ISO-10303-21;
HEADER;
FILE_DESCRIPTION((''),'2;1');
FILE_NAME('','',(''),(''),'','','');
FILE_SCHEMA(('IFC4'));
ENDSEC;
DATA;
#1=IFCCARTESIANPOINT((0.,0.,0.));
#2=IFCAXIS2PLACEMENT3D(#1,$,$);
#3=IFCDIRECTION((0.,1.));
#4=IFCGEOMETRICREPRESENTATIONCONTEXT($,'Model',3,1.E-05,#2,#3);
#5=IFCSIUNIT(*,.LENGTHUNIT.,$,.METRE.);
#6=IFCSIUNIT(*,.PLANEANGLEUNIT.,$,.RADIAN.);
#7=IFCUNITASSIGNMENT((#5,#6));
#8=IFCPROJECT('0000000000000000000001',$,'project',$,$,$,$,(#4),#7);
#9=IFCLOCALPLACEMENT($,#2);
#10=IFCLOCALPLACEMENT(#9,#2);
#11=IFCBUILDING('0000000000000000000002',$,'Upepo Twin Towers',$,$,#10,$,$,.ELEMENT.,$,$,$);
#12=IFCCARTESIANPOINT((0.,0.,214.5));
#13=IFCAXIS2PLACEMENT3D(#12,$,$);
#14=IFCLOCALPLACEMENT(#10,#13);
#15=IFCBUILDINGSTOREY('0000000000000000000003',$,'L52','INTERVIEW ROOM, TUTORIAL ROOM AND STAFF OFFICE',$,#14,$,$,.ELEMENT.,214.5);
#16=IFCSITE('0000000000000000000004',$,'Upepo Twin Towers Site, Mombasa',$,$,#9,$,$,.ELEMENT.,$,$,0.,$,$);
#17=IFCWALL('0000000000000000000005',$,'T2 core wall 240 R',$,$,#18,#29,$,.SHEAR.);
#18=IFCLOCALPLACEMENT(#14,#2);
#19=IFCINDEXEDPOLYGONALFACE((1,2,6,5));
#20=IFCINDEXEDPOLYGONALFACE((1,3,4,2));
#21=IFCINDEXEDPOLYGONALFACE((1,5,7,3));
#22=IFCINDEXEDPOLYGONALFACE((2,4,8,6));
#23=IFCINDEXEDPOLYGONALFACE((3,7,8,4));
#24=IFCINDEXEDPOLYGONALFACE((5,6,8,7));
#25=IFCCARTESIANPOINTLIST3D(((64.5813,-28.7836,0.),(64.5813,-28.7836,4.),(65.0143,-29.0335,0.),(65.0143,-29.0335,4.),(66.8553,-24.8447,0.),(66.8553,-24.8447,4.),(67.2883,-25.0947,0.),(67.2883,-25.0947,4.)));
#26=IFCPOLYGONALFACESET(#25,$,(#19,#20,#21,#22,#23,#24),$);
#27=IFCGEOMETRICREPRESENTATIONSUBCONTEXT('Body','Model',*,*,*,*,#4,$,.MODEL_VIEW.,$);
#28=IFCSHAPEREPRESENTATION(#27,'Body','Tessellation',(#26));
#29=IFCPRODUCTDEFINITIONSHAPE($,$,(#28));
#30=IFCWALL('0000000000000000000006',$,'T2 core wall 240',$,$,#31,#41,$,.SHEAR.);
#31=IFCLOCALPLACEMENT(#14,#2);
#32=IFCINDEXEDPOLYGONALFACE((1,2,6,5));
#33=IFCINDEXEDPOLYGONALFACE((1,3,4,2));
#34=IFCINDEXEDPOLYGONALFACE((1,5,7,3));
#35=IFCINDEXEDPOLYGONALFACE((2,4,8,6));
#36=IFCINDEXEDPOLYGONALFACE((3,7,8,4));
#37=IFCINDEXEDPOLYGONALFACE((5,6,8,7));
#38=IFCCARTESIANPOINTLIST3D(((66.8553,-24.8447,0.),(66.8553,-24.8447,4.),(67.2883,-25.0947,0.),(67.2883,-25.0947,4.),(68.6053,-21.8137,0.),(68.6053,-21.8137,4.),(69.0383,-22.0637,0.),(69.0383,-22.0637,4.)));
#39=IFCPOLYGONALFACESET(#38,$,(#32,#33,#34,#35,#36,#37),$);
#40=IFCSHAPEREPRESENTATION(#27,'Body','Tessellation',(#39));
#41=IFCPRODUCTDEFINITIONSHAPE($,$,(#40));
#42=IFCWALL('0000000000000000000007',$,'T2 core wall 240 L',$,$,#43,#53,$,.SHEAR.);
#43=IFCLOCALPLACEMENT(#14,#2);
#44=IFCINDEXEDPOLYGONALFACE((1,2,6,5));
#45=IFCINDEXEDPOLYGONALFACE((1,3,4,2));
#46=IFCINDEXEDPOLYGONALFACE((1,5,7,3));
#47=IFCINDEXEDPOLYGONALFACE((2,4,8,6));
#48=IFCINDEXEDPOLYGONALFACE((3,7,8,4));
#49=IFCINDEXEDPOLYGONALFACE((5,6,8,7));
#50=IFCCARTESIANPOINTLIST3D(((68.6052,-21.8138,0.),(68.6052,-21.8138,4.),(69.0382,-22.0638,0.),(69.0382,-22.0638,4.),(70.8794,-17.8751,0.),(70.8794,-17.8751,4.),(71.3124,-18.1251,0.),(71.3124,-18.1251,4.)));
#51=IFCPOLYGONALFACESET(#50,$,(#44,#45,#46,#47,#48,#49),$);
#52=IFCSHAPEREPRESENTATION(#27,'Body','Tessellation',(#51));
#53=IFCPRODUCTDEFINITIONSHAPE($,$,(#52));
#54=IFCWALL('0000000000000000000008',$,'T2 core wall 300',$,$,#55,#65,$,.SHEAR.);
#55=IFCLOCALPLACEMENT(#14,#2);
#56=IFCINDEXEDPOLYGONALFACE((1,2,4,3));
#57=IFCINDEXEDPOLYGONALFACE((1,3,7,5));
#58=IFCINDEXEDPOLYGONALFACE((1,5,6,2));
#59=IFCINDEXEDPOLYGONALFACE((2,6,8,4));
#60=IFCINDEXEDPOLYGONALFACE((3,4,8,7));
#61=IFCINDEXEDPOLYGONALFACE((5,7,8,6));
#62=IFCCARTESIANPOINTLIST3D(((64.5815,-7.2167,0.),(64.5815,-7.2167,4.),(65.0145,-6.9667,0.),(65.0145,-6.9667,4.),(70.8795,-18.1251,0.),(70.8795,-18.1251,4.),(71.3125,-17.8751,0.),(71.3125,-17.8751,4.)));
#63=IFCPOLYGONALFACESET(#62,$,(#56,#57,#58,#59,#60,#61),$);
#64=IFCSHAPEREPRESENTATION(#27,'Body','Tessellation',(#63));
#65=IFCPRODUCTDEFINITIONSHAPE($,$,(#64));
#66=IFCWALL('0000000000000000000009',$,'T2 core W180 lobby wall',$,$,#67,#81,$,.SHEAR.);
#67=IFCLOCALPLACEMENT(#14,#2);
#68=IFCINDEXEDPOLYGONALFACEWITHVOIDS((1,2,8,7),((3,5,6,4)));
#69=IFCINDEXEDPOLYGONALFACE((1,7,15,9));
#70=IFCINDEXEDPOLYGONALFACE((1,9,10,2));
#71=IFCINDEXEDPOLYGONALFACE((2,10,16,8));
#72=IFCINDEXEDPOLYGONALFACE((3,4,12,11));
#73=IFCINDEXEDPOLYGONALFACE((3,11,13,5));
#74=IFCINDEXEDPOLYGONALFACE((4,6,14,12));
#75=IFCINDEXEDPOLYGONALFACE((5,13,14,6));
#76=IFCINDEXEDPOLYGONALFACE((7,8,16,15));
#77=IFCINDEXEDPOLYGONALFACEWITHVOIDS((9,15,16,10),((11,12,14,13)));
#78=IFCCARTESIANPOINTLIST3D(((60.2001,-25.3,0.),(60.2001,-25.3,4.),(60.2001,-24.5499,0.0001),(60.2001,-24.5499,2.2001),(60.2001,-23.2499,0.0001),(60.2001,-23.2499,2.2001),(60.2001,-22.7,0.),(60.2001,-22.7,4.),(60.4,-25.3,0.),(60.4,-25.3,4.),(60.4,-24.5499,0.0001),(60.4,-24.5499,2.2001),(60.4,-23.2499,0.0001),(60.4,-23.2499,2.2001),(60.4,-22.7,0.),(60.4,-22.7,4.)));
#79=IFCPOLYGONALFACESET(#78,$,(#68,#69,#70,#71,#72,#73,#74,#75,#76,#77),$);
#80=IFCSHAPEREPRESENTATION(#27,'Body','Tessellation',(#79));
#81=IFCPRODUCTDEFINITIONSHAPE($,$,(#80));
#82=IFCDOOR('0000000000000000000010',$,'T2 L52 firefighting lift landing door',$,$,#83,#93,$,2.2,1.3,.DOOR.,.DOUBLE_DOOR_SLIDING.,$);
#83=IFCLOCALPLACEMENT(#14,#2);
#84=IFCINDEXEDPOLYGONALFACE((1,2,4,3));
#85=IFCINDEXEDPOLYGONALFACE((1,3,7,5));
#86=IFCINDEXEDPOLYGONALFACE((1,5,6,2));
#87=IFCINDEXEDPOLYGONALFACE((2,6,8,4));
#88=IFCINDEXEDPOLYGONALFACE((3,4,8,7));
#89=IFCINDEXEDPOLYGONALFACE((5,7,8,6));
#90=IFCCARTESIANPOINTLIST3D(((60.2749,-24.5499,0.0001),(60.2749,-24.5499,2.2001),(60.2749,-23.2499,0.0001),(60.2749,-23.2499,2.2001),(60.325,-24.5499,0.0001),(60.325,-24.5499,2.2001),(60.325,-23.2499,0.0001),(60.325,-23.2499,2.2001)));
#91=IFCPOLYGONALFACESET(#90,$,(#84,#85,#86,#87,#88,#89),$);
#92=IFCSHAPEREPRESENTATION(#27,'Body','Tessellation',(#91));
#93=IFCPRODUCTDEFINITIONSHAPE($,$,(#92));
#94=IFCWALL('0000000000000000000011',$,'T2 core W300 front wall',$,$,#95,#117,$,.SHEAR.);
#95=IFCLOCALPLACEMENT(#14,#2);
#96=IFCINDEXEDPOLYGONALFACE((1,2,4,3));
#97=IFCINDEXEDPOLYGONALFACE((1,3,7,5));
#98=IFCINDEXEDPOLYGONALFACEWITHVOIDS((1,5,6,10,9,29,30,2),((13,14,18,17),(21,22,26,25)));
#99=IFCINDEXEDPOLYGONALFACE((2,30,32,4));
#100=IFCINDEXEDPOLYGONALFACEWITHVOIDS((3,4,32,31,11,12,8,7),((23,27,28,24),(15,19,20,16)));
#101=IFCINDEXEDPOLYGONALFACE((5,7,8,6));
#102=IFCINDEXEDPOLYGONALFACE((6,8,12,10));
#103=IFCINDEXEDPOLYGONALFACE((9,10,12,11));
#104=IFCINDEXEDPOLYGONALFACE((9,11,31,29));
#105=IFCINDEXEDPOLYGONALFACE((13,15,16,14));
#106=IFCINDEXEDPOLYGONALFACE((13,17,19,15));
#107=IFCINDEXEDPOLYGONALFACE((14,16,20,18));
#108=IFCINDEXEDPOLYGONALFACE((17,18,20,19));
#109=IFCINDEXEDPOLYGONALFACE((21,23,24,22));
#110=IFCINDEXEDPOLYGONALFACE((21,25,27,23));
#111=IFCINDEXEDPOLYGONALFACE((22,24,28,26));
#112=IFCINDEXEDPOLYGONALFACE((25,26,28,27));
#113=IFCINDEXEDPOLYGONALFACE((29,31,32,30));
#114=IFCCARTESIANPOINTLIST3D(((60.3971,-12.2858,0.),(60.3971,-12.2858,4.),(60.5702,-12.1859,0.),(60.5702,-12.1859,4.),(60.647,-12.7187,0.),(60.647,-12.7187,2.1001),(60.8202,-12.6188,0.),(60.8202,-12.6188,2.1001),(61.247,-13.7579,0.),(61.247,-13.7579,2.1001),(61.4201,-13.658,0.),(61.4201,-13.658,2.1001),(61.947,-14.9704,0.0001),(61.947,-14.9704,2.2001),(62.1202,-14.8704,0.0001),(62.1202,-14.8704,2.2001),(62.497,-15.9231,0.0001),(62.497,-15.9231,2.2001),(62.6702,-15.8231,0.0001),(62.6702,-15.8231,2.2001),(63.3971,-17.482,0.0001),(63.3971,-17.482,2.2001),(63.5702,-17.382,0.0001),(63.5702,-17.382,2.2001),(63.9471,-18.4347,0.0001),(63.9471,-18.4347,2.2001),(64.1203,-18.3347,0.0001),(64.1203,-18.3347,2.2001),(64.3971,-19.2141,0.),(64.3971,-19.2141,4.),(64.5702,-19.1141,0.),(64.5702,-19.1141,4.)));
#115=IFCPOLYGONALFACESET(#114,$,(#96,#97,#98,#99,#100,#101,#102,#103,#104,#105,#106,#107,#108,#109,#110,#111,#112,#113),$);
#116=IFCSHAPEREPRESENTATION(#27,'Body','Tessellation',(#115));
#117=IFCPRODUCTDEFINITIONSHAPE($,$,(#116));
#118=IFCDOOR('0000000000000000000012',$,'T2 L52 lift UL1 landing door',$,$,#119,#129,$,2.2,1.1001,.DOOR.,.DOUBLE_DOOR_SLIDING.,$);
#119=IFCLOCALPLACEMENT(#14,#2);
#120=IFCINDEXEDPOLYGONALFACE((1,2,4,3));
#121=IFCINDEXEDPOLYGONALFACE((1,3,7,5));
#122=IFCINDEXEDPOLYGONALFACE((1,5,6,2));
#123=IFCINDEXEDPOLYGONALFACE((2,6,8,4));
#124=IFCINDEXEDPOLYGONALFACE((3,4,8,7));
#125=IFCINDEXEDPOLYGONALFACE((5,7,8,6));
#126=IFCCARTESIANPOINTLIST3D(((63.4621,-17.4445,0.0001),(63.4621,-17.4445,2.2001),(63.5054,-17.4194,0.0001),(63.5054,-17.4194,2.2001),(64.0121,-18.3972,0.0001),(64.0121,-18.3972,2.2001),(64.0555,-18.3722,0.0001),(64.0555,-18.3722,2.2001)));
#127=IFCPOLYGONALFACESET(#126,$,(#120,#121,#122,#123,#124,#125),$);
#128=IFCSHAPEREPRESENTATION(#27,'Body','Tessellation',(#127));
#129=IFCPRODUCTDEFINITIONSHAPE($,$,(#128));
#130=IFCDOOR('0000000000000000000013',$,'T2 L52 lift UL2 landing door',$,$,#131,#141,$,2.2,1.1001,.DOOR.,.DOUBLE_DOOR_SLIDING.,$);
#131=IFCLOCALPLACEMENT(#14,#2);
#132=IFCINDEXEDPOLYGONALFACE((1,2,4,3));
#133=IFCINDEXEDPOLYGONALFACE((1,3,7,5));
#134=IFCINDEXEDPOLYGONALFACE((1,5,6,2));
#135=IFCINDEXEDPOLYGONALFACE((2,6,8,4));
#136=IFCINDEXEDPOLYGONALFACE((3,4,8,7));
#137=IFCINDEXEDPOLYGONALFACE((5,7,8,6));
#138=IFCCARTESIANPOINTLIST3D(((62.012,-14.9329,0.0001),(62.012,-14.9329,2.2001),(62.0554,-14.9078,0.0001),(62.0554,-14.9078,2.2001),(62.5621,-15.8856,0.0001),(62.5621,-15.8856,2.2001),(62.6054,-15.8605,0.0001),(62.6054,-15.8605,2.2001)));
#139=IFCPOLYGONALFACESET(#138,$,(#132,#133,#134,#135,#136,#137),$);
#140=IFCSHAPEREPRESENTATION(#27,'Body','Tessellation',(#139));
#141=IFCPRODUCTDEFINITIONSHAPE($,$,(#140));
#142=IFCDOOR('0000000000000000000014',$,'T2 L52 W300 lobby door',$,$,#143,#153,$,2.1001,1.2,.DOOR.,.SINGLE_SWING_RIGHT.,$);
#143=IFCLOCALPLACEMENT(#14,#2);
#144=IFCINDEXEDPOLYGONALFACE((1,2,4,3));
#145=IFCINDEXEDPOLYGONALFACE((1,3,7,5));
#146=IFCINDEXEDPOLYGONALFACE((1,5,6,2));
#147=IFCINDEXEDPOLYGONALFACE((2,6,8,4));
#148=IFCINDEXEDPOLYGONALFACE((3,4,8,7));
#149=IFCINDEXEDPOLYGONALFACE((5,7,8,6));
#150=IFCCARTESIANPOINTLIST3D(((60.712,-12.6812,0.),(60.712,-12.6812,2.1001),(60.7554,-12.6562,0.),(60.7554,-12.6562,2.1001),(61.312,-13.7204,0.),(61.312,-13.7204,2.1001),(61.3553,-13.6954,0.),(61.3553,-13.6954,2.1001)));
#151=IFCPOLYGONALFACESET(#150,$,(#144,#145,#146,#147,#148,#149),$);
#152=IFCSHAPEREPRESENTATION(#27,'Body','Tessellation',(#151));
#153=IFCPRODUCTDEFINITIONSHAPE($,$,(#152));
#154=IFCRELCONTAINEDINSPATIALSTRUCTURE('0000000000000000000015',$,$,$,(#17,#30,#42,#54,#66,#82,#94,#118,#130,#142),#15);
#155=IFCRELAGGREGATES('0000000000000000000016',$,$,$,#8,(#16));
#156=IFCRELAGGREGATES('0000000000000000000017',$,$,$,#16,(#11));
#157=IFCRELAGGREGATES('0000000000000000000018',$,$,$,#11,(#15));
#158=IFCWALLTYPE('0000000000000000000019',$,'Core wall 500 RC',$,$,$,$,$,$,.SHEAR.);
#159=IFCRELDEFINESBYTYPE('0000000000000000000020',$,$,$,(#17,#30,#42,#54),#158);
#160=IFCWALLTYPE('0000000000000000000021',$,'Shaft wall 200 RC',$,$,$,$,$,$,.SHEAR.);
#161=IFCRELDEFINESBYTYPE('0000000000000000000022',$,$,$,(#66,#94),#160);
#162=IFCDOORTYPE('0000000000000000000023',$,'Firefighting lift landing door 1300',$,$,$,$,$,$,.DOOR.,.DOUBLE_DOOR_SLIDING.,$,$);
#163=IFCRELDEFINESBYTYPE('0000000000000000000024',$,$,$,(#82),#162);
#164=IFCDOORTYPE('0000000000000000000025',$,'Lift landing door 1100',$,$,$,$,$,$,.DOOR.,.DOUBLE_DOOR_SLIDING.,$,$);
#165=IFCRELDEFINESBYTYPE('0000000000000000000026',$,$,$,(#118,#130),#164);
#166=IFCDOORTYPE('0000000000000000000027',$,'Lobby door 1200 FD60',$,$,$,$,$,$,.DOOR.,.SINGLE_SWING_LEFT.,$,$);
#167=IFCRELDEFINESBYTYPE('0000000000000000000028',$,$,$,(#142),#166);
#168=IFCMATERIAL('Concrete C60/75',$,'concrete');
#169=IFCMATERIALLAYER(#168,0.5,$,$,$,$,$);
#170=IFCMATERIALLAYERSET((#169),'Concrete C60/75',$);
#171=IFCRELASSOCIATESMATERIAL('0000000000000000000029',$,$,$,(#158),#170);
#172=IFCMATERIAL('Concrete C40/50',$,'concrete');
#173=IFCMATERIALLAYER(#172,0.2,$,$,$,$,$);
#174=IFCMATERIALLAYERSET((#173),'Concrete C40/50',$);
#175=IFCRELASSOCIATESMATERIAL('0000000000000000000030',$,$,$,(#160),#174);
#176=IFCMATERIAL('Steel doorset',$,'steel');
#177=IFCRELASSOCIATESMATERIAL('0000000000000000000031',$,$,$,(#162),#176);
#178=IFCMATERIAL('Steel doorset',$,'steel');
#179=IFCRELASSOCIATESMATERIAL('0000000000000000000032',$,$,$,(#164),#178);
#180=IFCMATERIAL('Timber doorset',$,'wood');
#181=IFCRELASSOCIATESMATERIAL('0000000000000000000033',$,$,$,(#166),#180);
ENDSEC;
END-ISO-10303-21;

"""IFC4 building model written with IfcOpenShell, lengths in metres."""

from ifc_helpers import new_model, si_unit, direction, frame, frame_2d, origin, place, context, subcontext, project, spatial, rectangle, extrude, material, layer, layer_set, type_object, element, fill, save


model = new_model("IFC4")

# Units and contexts
model_context = context("Model", 3, precision=1e-05, world=origin(), true_north=direction((0.0, 1.0)))
body_context = subcontext(model_context, "Body", "Model", "MODEL_VIEW")
ifc_project = project(units=[si_unit("LENGTHUNIT", "METRE"), si_unit("PLANEANGLEUNIT", "RADIAN")], contexts=[model_context])

# Site, building, storey
site_placement = place(None, origin())
site = spatial("IfcSite", under=ifc_project, at=site_placement, Name="Upepo Twin Towers Site, Mombasa", CompositionType="ELEMENT", RefElevation=0.0)
building_placement = place(site_placement, origin())
building = spatial("IfcBuilding", under=site, at=building_placement, Name="Upepo Twin Towers", CompositionType="ELEMENT")
storey_placement = place(building_placement, frame((0.0, 0.0, 214.5)))
storey = spatial("IfcBuildingStorey", under=building, at=storey_placement, Name="L52", Description="INTERVIEW ROOM, TUTORIAL ROOM AND STAFF OFFICE", CompositionType="ELEMENT", Elevation=214.5)

# Walls
ifc_material_1 = material(Name="Concrete C60/75", Category="concrete")
ifc_layer_1 = layer(ifc_material_1, 0.5)
ifc_layer_set_1 = layer_set([ifc_layer_1], Name="Concrete C60/75")
wall_type_1 = type_object("IfcWallType", Name="Core wall 500 RC", PredefinedType="SHEAR", material=ifc_layer_set_1)
wall_1_placement = place(storey_placement, frame((64.7979, -28.9084, 0.0), z_axis=(0.0, 0.0, 1.0), x_axis=(0.499984, 0.866035, 0.0)))
element("IfcWall", 1, at=wall_1_placement, inside=storey, type_object=wall_type_1, Name="T2 core wall 240 R", PredefinedType="SHEAR", context=body_context, shape_type="SweptSolid", body=[
    extrude(rectangle(XDim=4.5481, YDim=0.5, at=frame_2d((2.2739, 0.0))), origin(), (0.0, 0.0, 1.0), 4.0),
])
wall_2_placement = place(storey_placement, frame((67.0718, -24.9697, 0.0), z_axis=(0.0, 0.0, 1.0), x_axis=(0.50001, 0.866019, 0.0)))
element("IfcWall", 2, at=wall_2_placement, inside=storey, type_object=wall_type_1, Name="T2 core wall 240", PredefinedType="SHEAR", context=body_context, shape_type="SweptSolid", body=[
    extrude(rectangle(XDim=3.5, YDim=0.5, at=frame_2d((1.75, 0.0))), origin(), (0.0, 0.0, 1.0), 4.0),
])
wall_3_placement = place(storey_placement, frame((68.8218, -21.9387, 0.0), z_axis=(0.0, 0.0, 1.0), x_axis=(0.500024, 0.866011, 0.0)))
element("IfcWall", 3, at=wall_3_placement, inside=storey, type_object=wall_type_1, Name="T2 core wall 240 L", PredefinedType="SHEAR", context=body_context, shape_type="SweptSolid", body=[
    extrude(rectangle(XDim=4.5481, YDim=0.5, at=frame_2d((2.2739, 0.0))), origin(), (0.0, 0.0, 1.0), 4.0),
])
wall_4_placement = place(storey_placement, frame((71.0959, -18.0, 0.0), z_axis=(0.0, 0.0, 1.0), x_axis=(-0.500006, 0.866022, 0.0)))
element("IfcWall", 4, at=wall_4_placement, inside=storey, type_object=wall_type_1, Name="T2 core wall 300", PredefinedType="SHEAR", context=body_context, shape_type="SweptSolid", body=[
    extrude(rectangle(XDim=12.5959, YDim=0.5, at=frame_2d((6.2979, 0.0))), origin(), (0.0, 0.0, 1.0), 4.0),
])

# Wall, opening, door
ifc_material_2 = material(Name="Concrete C40/50", Category="concrete")
ifc_layer_2 = layer(ifc_material_2, 0.2)
ifc_layer_set_2 = layer_set([ifc_layer_2], Name="Concrete C40/50")
wall_type_2 = type_object("IfcWallType", Name="Shaft wall 200 RC", PredefinedType="SHEAR", material=ifc_layer_set_2)
wall_5_placement = place(storey_placement, frame((60.3, -22.7, 0.0), z_axis=(0.0, 0.0, 1.0), x_axis=(0.0, -1.0, 0.0)))
wall_5 = element("IfcWall", 5, at=wall_5_placement, inside=storey, type_object=wall_type_2, Name="T2 core W180 lobby wall", PredefinedType="SHEAR", context=body_context, shape_type="SweptSolid", body=[
    extrude(rectangle(XDim=2.6001, YDim=0.2, at=frame_2d((1.3, 0.0))), origin(), (0.0, 0.0, 1.0), 4.0),
])
opening_1_placement = place(wall_5_placement, frame((0.55, 0.0, 0.0)))
opening_1 = element("IfcOpeningElement", 6, at=opening_1_placement, cuts=wall_5, PredefinedType="OPENING", context=body_context, shape_type="SweptSolid", body=[
    extrude(rectangle(XDim=1.3, YDim=2.2, at=frame_2d((0.6499, 1.1001))), frame((0.0, 0.1099, 0.0), z_axis=(0.0, -1.0, 0.0), x_axis=(1.0, 0.0, 0.0)), (0.0, 0.0, 1.0), 0.22),
])
ifc_material_3 = material(Name="Steel doorset", Category="steel")
door_type_1 = type_object("IfcDoorType", Name="Firefighting lift landing door 1300", OperationType="DOUBLE_DOOR_SLIDING", PredefinedType="DOOR", material=ifc_material_3)
door_1_placement = place(opening_1_placement, origin())
door_1 = element("IfcDoor", 7, at=door_1_placement, inside=storey, type_object=door_type_1, Name="T2 L52 firefighting lift landing door", OperationType="DOUBLE_DOOR_SLIDING", OverallHeight=2.2, OverallWidth=1.3, PredefinedType="DOOR", context=body_context, shape_type="SweptSolid", body=[
    extrude(rectangle(XDim=1.3, YDim=2.2, at=frame_2d((0.6499, 1.1001))), frame((0.0, 0.0249, 0.0), z_axis=(0.0, -1.0, 0.0), x_axis=(1.0, 0.0, 0.0)), (0.0, 0.0, 1.0), 0.05),
])
fill(opening_1, door_1)

# Wall, openings, doors
wall_6_placement = place(storey_placement, frame((64.4836, -19.1641, 0.0), z_axis=(0.0, 0.0, 1.0), x_axis=(-0.499999, 0.866026, 0.0)))
wall_6 = element("IfcWall", 8, at=wall_6_placement, inside=storey, type_object=wall_type_2, Name="T2 core W300 front wall", PredefinedType="SHEAR", context=body_context, shape_type="SweptSolid", body=[
    extrude(rectangle(XDim=8.0, YDim=0.2, at=frame_2d((4.0, 0.0))), origin(), (0.0, 0.0, 1.0), 4.0),
])
opening_2_placement = place(wall_6_placement, frame((6.3, 0.0, 0.0)))
opening_2 = element("IfcOpeningElement", 9, at=opening_2_placement, cuts=wall_6, PredefinedType="OPENING", context=body_context, shape_type="SweptSolid", body=[
    extrude(rectangle(XDim=1.2, YDim=2.1001, at=frame_2d((0.6001, 1.05))), frame((0.0, 0.1099, 0.0), z_axis=(0.0, -1.0, 0.0), x_axis=(1.0, 0.0, 0.0)), (0.0, 0.0, 1.0), 0.22),
])
opening_3_placement = place(wall_6_placement, frame((0.8999, 0.0, 0.0)))
opening_3 = element("IfcOpeningElement", 10, at=opening_3_placement, cuts=wall_6, PredefinedType="OPENING", context=body_context, shape_type="SweptSolid", body=[
    extrude(rectangle(XDim=1.1001, YDim=2.2, at=frame_2d((0.55, 1.1001))), frame((0.0, 0.1099, 0.0), z_axis=(0.0, -1.0, 0.0), x_axis=(1.0, 0.0, 0.0)), (0.0, 0.0, 1.0), 0.22),
])
opening_4_placement = place(wall_6_placement, frame((3.8, 0.0, 0.0)))
opening_4 = element("IfcOpeningElement", 11, at=opening_4_placement, cuts=wall_6, PredefinedType="OPENING", context=body_context, shape_type="SweptSolid", body=[
    extrude(rectangle(XDim=1.1001, YDim=2.2, at=frame_2d((0.55, 1.1001))), frame((0.0, 0.1099, 0.0), z_axis=(0.0, -1.0, 0.0), x_axis=(1.0, 0.0, 0.0)), (0.0, 0.0, 1.0), 0.22),
])
ifc_material_4 = material(Name="Steel doorset", Category="steel")
door_type_2 = type_object("IfcDoorType", Name="Lift landing door 1100", OperationType="DOUBLE_DOOR_SLIDING", PredefinedType="DOOR", material=ifc_material_4)
door_2_placement = place(opening_3_placement, origin())
door_2 = element("IfcDoor", 12, at=door_2_placement, inside=storey, type_object=door_type_2, Name="T2 L52 lift UL1 landing door", OperationType="DOUBLE_DOOR_SLIDING", OverallHeight=2.2, OverallWidth=1.1001, PredefinedType="DOOR", context=body_context, shape_type="SweptSolid", body=[
    extrude(rectangle(XDim=1.1001, YDim=2.2, at=frame_2d((0.55, 1.1001))), frame((0.0, 0.0249, 0.0), z_axis=(0.0, -1.0, 0.0), x_axis=(1.0, 0.0, 0.0)), (0.0, 0.0, 1.0), 0.05),
])
fill(opening_3, door_2)
door_3_placement = place(opening_4_placement, origin())
door_3 = element("IfcDoor", 13, at=door_3_placement, inside=storey, type_object=door_type_2, Name="T2 L52 lift UL2 landing door", OperationType="DOUBLE_DOOR_SLIDING", OverallHeight=2.2, OverallWidth=1.1001, PredefinedType="DOOR", context=body_context, shape_type="SweptSolid", body=[
    extrude(rectangle(XDim=1.1001, YDim=2.2, at=frame_2d((0.55, 1.1001))), frame((0.0, 0.0249, 0.0), z_axis=(0.0, -1.0, 0.0), x_axis=(1.0, 0.0, 0.0)), (0.0, 0.0, 1.0), 0.05),
])
fill(opening_4, door_3)
ifc_material_5 = material(Name="Timber doorset", Category="wood")
door_type_3 = type_object("IfcDoorType", Name="Lobby door 1200 FD60", OperationType="SINGLE_SWING_LEFT", PredefinedType="DOOR", material=ifc_material_5)
door_4_placement = place(opening_2_placement, origin())
door_4 = element("IfcDoor", 14, at=door_4_placement, inside=storey, type_object=door_type_3, Name="T2 L52 W300 lobby door", OperationType="SINGLE_SWING_RIGHT", OverallHeight=2.1001, OverallWidth=1.2, PredefinedType="DOOR", context=body_context, shape_type="SweptSolid", body=[
    extrude(rectangle(XDim=1.2, YDim=2.1001, at=frame_2d((0.6001, 1.05))), frame((0.0, 0.0249, 0.0), z_axis=(0.0, -1.0, 0.0), x_axis=(1.0, 0.0, 0.0)), (0.0, 0.0, 1.0), 0.05),
])
fill(opening_2, door_4)

save(model, "model.ifc")
